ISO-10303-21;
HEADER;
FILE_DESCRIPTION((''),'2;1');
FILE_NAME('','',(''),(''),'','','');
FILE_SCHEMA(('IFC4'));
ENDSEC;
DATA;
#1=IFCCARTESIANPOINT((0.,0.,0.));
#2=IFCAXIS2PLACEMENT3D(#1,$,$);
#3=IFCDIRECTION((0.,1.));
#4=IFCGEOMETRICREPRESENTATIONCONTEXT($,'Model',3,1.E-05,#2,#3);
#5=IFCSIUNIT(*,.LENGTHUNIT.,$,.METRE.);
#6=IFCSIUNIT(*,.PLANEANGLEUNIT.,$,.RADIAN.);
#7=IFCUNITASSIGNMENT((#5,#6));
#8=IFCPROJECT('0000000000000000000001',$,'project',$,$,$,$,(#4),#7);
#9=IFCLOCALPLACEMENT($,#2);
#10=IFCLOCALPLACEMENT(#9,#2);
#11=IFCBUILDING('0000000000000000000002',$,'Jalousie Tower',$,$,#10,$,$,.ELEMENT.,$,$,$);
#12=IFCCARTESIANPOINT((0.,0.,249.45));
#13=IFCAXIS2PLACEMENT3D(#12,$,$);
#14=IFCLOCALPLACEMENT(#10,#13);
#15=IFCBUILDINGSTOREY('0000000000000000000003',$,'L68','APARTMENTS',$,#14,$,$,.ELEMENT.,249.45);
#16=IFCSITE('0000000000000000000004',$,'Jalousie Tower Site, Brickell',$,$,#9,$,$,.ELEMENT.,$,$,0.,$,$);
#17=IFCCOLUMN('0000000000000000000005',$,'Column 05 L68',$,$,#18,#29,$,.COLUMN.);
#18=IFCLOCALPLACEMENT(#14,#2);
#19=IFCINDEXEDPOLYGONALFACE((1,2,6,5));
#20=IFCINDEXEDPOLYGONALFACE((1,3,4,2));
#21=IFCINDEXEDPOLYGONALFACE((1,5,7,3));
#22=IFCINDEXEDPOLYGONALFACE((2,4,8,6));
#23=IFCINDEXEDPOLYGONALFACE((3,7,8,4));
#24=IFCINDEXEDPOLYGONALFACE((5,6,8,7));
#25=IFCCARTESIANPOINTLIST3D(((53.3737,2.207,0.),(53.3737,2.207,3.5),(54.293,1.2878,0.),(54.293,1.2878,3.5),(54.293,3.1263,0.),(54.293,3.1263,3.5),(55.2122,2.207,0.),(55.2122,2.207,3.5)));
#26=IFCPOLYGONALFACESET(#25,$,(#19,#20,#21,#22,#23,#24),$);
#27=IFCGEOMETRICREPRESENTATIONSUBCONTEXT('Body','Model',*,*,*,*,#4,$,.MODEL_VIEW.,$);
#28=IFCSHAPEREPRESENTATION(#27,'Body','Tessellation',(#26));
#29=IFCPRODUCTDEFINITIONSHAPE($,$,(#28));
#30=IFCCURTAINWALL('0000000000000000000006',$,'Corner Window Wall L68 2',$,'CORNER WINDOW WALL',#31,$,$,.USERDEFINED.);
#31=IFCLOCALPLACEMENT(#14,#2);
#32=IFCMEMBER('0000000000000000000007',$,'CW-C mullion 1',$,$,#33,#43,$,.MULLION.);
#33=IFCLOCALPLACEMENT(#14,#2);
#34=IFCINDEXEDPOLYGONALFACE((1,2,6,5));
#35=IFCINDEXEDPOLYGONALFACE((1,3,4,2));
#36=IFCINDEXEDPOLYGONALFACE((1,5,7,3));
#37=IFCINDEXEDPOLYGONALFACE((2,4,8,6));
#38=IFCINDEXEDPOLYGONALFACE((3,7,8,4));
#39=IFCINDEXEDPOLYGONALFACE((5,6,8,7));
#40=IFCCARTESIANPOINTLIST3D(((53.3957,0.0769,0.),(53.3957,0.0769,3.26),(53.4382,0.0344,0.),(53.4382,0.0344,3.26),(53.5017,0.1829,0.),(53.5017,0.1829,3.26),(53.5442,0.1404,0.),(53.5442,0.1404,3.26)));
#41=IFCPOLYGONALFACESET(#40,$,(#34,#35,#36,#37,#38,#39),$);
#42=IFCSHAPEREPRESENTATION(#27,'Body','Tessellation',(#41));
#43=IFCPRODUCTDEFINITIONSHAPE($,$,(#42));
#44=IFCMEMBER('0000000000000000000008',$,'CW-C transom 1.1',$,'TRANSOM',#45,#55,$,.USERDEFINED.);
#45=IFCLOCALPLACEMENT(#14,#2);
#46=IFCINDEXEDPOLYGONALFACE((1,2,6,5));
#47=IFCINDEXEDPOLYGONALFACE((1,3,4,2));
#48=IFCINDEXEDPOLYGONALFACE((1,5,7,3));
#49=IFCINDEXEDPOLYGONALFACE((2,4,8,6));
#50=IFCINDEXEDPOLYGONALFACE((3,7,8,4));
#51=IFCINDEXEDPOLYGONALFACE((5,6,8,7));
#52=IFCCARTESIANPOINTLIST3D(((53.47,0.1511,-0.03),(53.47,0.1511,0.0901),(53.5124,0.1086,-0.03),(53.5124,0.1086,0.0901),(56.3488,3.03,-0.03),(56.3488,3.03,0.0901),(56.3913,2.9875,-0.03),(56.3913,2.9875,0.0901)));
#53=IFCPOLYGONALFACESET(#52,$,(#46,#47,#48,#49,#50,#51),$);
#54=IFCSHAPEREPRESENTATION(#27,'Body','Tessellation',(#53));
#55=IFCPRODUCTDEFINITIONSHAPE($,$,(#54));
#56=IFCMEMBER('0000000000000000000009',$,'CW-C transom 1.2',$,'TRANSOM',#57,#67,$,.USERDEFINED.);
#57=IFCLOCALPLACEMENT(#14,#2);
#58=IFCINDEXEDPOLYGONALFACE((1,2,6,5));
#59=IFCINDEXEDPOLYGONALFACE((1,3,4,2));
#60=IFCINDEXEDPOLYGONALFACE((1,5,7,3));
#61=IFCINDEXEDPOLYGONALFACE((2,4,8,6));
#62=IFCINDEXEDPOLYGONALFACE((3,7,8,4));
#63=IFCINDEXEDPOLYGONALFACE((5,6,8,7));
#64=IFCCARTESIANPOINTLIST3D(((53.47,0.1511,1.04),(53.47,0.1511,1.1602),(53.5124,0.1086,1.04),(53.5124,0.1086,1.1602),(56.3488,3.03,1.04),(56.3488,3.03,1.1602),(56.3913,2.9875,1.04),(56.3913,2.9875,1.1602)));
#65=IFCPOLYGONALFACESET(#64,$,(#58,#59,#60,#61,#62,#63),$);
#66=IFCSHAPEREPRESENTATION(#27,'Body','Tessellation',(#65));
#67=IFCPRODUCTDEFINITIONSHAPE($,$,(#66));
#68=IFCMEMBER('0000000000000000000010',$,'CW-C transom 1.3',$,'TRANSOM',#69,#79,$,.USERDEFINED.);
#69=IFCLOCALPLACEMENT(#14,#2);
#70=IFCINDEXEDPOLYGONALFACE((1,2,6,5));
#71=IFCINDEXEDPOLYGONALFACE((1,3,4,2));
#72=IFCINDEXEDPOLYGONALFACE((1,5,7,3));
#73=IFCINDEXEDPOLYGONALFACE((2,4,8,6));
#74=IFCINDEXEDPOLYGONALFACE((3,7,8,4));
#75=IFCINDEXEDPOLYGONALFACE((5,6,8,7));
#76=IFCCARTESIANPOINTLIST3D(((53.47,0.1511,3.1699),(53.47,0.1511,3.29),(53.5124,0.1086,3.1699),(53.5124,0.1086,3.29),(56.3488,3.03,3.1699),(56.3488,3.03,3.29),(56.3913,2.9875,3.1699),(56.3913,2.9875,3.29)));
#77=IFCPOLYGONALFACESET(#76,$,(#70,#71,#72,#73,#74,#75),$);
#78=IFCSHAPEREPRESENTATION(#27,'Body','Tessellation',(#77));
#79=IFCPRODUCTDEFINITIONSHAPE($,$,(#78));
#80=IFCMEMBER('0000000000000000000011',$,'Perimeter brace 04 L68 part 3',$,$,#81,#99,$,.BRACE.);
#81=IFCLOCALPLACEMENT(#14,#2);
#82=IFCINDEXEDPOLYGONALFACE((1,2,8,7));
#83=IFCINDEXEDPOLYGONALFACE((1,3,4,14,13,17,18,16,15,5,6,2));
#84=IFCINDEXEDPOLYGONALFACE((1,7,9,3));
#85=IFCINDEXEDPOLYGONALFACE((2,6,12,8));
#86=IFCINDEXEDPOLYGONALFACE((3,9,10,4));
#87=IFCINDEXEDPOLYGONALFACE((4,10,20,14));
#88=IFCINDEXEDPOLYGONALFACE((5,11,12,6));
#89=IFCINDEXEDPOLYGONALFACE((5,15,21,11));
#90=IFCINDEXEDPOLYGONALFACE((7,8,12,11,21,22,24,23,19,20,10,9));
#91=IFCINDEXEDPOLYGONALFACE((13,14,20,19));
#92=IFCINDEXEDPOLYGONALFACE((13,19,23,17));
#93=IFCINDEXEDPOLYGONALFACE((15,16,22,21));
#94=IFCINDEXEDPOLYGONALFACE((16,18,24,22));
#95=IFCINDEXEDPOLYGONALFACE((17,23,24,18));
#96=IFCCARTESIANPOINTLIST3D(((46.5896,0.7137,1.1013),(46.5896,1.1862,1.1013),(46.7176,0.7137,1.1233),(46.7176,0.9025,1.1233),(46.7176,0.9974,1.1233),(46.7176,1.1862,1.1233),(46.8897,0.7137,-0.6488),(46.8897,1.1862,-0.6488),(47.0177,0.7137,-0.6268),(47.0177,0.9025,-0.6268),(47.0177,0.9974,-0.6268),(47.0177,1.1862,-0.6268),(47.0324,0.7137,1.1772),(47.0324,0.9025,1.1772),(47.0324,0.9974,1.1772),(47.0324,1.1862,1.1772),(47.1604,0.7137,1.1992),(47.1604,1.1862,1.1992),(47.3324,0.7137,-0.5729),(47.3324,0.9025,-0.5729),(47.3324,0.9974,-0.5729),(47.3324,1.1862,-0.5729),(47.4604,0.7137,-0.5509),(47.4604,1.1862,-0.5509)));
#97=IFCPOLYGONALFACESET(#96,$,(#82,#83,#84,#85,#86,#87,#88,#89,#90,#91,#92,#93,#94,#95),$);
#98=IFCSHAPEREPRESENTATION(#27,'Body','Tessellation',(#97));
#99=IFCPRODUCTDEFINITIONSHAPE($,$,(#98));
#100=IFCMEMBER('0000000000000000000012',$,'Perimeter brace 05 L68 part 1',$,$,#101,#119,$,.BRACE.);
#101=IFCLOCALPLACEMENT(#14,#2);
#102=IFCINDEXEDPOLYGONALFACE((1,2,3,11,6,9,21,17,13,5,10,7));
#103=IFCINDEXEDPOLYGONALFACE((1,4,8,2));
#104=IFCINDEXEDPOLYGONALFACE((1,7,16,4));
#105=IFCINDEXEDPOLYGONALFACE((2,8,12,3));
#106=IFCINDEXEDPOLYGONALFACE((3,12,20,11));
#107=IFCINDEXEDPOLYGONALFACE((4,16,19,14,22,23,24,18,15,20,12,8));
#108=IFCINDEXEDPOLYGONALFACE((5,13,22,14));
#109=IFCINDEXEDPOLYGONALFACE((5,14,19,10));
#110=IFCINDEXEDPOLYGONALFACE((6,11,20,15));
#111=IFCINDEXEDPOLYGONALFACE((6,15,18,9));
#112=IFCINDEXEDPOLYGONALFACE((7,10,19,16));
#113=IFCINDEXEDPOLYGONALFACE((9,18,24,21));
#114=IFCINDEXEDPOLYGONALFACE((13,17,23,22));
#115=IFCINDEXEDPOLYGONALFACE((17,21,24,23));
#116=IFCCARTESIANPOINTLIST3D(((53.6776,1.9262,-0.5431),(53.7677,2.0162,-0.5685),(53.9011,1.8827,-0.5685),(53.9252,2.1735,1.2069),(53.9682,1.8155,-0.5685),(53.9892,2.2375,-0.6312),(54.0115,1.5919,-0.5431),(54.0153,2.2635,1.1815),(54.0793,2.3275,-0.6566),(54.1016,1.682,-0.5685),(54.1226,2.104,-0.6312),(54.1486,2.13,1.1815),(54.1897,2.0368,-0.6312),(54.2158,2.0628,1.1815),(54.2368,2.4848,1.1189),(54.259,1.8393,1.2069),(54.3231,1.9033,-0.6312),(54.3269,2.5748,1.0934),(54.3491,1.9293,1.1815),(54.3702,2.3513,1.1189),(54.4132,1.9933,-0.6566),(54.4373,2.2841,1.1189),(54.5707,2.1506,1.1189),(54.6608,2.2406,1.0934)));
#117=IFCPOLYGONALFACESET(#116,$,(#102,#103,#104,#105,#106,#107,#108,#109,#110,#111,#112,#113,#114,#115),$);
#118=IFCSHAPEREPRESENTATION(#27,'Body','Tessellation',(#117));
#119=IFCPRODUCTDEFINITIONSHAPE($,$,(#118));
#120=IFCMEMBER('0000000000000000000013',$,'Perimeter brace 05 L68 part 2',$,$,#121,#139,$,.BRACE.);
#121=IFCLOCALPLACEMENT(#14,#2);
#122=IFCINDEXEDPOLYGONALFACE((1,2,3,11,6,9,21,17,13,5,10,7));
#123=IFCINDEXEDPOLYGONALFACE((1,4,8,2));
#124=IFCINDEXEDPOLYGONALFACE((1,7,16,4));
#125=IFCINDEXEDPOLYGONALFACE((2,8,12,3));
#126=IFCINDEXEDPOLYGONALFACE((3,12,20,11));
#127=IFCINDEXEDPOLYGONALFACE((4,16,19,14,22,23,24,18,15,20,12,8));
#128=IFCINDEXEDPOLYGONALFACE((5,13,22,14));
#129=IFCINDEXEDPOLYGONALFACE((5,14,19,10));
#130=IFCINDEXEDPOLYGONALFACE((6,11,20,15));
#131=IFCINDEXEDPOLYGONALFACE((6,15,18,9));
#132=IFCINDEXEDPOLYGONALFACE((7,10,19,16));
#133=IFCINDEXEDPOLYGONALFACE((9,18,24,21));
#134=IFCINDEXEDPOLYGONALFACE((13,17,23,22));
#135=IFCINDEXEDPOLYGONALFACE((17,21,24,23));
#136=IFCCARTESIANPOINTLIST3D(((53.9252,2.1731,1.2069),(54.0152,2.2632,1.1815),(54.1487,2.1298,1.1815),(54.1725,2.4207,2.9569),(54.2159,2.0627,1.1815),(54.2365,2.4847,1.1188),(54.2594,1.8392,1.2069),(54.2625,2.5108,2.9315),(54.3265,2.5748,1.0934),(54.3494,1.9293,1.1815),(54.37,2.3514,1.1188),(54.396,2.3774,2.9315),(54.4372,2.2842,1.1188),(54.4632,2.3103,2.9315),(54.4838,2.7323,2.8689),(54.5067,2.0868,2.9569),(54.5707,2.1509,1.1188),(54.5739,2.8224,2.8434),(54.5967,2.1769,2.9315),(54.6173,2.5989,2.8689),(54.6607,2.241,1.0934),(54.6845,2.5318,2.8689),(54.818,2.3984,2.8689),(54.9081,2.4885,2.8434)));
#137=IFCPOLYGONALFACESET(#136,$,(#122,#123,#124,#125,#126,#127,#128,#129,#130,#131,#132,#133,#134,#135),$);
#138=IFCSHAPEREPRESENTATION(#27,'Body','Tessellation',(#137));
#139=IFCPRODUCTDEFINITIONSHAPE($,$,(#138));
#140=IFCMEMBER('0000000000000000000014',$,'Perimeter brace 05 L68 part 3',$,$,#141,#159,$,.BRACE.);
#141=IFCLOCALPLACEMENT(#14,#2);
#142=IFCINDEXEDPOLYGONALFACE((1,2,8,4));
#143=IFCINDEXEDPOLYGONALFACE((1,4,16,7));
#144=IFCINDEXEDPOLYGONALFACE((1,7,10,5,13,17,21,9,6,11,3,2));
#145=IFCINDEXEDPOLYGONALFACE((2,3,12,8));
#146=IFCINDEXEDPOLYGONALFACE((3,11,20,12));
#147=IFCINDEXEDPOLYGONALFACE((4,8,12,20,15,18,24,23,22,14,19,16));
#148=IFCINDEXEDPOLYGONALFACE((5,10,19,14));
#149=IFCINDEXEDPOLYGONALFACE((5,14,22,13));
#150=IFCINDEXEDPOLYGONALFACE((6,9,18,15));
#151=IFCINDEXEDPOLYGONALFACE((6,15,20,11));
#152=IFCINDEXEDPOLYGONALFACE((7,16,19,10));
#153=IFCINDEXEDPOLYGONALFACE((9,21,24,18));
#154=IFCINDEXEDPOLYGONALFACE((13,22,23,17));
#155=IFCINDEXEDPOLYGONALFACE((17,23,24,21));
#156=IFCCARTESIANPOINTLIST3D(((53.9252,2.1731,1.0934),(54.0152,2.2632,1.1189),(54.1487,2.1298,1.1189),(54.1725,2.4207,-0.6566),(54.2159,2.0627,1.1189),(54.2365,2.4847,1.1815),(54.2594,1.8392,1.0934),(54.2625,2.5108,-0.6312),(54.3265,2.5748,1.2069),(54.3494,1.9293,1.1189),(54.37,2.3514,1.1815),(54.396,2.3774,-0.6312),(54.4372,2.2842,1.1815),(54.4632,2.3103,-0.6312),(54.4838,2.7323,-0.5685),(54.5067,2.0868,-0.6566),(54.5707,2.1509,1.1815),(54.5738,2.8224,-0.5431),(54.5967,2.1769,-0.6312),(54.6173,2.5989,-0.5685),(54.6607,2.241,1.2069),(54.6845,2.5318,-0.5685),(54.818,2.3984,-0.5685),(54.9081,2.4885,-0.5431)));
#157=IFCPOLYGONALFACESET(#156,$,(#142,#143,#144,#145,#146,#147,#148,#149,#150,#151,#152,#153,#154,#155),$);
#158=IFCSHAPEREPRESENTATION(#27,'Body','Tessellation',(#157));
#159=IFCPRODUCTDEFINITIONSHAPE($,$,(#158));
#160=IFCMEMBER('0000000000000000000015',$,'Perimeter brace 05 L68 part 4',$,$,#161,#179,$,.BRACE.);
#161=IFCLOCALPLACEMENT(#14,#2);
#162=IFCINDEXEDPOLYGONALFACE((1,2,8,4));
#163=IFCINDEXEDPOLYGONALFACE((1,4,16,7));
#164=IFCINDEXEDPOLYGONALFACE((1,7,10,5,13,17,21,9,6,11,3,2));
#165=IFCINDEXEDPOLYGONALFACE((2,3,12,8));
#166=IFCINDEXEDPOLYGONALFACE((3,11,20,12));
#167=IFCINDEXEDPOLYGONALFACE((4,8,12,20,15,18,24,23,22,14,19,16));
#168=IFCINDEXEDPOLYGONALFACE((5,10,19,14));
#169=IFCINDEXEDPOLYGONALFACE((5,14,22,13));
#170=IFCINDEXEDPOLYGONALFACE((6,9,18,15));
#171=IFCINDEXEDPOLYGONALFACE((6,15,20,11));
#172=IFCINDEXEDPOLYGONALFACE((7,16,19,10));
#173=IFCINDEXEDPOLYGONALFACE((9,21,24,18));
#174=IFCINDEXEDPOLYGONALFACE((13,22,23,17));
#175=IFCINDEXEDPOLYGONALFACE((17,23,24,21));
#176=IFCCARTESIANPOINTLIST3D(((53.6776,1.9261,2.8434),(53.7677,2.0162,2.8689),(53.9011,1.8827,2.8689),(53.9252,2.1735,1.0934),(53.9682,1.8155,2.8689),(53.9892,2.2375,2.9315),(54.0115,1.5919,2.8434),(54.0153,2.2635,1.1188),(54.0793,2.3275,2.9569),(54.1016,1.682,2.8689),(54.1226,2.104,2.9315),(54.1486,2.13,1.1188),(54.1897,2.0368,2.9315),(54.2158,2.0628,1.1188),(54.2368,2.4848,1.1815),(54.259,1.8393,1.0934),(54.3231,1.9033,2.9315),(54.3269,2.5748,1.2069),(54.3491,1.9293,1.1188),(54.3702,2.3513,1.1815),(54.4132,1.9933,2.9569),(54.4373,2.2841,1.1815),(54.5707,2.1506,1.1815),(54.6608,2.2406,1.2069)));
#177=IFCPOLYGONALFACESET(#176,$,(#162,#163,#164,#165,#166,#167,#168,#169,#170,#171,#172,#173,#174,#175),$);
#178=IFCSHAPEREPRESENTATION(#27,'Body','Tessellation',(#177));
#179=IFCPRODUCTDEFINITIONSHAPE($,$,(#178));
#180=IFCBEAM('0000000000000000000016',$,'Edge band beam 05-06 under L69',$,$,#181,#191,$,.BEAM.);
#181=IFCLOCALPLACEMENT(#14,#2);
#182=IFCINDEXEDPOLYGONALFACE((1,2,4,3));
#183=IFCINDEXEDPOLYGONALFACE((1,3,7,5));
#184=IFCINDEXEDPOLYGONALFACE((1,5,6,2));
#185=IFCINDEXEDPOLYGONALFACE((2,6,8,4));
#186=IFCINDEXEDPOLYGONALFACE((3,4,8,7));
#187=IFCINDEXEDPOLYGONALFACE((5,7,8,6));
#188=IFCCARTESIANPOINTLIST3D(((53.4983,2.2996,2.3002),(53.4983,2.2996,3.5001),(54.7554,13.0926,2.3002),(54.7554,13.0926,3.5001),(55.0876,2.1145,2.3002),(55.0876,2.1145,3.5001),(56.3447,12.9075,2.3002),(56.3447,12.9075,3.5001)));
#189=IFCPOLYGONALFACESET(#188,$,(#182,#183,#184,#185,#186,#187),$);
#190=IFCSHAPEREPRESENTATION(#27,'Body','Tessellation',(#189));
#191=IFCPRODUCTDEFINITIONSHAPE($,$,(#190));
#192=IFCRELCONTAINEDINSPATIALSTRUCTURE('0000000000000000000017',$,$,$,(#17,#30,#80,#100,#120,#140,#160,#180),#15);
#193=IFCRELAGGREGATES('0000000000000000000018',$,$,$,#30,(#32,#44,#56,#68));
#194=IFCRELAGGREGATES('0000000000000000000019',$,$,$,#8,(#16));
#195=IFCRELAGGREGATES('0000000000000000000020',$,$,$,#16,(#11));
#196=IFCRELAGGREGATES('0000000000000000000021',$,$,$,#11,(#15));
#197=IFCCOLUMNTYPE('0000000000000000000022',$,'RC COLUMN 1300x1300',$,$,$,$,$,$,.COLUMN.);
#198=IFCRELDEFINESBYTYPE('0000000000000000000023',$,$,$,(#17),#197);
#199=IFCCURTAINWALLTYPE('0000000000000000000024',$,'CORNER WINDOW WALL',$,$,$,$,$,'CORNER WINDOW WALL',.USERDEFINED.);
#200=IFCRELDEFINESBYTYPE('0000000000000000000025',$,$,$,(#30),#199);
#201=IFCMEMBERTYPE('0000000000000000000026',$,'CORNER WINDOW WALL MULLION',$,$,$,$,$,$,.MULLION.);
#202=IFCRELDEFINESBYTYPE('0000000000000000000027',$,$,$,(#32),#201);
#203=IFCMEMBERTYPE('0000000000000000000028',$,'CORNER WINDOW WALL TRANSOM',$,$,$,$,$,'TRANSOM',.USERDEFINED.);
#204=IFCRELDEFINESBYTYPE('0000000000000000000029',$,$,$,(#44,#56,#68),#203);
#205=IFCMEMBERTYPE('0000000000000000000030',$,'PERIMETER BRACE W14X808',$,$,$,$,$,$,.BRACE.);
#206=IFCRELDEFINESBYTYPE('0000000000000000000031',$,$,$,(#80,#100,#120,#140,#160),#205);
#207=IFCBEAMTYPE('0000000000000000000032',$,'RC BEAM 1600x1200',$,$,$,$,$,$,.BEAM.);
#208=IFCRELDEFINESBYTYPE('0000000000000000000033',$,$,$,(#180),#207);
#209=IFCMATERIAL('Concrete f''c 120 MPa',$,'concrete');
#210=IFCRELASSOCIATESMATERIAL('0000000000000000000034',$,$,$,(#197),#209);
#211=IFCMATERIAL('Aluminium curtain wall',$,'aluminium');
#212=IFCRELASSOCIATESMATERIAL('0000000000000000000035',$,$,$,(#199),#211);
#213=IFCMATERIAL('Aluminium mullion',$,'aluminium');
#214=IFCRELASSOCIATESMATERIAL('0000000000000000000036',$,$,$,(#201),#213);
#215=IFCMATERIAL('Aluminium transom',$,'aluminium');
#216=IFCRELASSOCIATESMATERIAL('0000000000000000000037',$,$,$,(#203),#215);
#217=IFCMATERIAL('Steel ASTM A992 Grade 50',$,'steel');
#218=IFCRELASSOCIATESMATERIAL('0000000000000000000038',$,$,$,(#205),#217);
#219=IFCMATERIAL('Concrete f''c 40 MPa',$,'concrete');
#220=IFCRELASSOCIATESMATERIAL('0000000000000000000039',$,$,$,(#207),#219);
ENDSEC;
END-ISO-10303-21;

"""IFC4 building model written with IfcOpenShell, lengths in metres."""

from ifc_helpers import new_model, si_unit, direction, frame, origin, origin_2d, place, context, subcontext, project, spatial, rectangle, i_section, extrude, material, material_profile, profile_set, type_object, element, aggregate, save


model = new_model("IFC4")

# Units and contexts
model_context = context("Model", 3, precision=1e-05, world=origin(), true_north=direction((0.0, 1.0)))
body_context = subcontext(model_context, "Body", "Model", "MODEL_VIEW")
ifc_project = project(units=[si_unit("LENGTHUNIT", "METRE"), si_unit("PLANEANGLEUNIT", "RADIAN")], contexts=[model_context])

# Site, building, storey
site_placement = place(None, origin())
site = spatial("IfcSite", under=ifc_project, at=site_placement, Name="Jalousie Tower Site, Brickell", CompositionType="ELEMENT", RefElevation=0.0)
building_placement = place(site_placement, origin())
building = spatial("IfcBuilding", under=site, at=building_placement, Name="Jalousie Tower", CompositionType="ELEMENT")
storey_placement = place(building_placement, frame((0.0, 0.0, 249.45)))
storey = spatial("IfcBuildingStorey", under=building, at=storey_placement, Name="L68", Description="APARTMENTS", CompositionType="ELEMENT", Elevation=249.45)

# Column
ifc_material_1 = material(Name="Concrete f'c 120 MPa", Category="concrete")
ifc_material_profile_1 = material_profile(ifc_material_1, rectangle(XDim=1.3, YDim=1.3, at=origin_2d()), Name="RC 1300x1300")
ifc_profile_set_1 = profile_set([ifc_material_profile_1], Name="Concrete f'c 120 MPa")
column_type = type_object("IfcColumnType", Name="RC COLUMN 1300x1300", PredefinedType="COLUMN", material=ifc_profile_set_1)
column_placement = place(storey_placement, frame((54.293, 2.207, 0.0), z_axis=(0.0, 0.0, 1.0), x_axis=(0.707107, 0.707107, 0.0)))
element("IfcColumn", 1, at=column_placement, inside=storey, type_object=column_type, Name="Column 05 L68", PredefinedType="COLUMN", context=body_context, shape_type="SweptSolid", body=[
    extrude(rectangle(XDim=1.3, YDim=1.3, at=origin_2d()), origin(), (0.0, 0.0, 1.0), 3.5),
])

# Curtain wall, members
ifc_material_2 = material(Name="Aluminium curtain wall", Category="aluminium")
curtain_wall_type_1 = type_object("IfcCurtainWallType", Name="CORNER WINDOW WALL", ElementType="CORNER WINDOW WALL", PredefinedType="USERDEFINED", material=ifc_material_2)
curtain_wall_1_placement = place(storey_placement, origin())
curtain_wall_1 = element("IfcCurtainWall", 2, at=curtain_wall_1_placement, inside=storey, type_object=curtain_wall_type_1, Name="Corner Window Wall L68 2", ObjectType="CORNER WINDOW WALL", PredefinedType="USERDEFINED")
ifc_material_3 = material(Name="Aluminium mullion", Category="aluminium")
ifc_material_profile_2 = material_profile(ifc_material_3, rectangle(XDim=0.0601, YDim=0.1499, at=origin_2d()), Name="MULLION 60x150")
ifc_profile_set_2 = profile_set([ifc_material_profile_2], Name="Aluminium mullion")
member_type_1 = type_object("IfcMemberType", Name="CORNER WINDOW WALL MULLION", PredefinedType="MULLION", material=ifc_profile_set_2)
member_1_placement = place(storey_placement, frame((53.47, 0.1086, 0.0), z_axis=(0.0, 0.0, 1.0), x_axis=(-0.707107, 0.707107, 0.0)))
member_1 = element("IfcMember", 3, at=member_1_placement, type_object=member_type_1, Name="CW-C mullion 1", PredefinedType="MULLION", context=body_context, shape_type="SweptSolid", body=[
    extrude(rectangle(XDim=0.0601, YDim=0.1499, at=origin_2d()), origin(), (0.0, 0.0, 1.0), 3.26),
])
ifc_material_4 = material(Name="Aluminium transom", Category="aluminium")
ifc_material_profile_3 = material_profile(ifc_material_4, rectangle(XDim=0.0601, YDim=0.1201, at=origin_2d()), Name="TRANSOM 60x120")
ifc_profile_set_3 = profile_set([ifc_material_profile_3], Name="Aluminium transom")
member_type_2 = type_object("IfcMemberType", Name="CORNER WINDOW WALL TRANSOM", ElementType="TRANSOM", PredefinedType="USERDEFINED", material=ifc_profile_set_3)
member_2_placement = place(storey_placement, frame((53.4912, 0.1299, 0.03), z_axis=(0.707107, 0.707107, 0.0), x_axis=(-0.707107, 0.707107, 0.0)))
member_2 = element("IfcMember", 4, at=member_2_placement, type_object=member_type_2, Name="CW-C transom 1.1", ObjectType="TRANSOM", PredefinedType="USERDEFINED", context=body_context, shape_type="SweptSolid", body=[
    extrude(rectangle(XDim=0.0601, YDim=0.1201, at=origin_2d()), origin(), (0.0, 0.0, 1.0), 4.0713),
])
member_3_placement = place(storey_placement, frame((53.4912, 0.1299, 1.1001), z_axis=(0.707107, 0.707107, 0.0), x_axis=(-0.707107, 0.707107, 0.0)))
member_3 = element("IfcMember", 5, at=member_3_placement, type_object=member_type_2, Name="CW-C transom 1.2", ObjectType="TRANSOM", PredefinedType="USERDEFINED", context=body_context, shape_type="SweptSolid", body=[
    extrude(rectangle(XDim=0.0601, YDim=0.1201, at=origin_2d()), origin(), (0.0, 0.0, 1.0), 4.0713),
])
member_4_placement = place(storey_placement, frame((53.4912, 0.1299, 3.23), z_axis=(0.707107, 0.707107, 0.0), x_axis=(-0.707107, 0.707107, 0.0)))
member_4 = element("IfcMember", 6, at=member_4_placement, type_object=member_type_2, Name="CW-C transom 1.3", ObjectType="TRANSOM", PredefinedType="USERDEFINED", context=body_context, shape_type="SweptSolid", body=[
    extrude(rectangle(XDim=0.0601, YDim=0.1201, at=origin_2d()), origin(), (0.0, 0.0, 1.0), 4.0713),
])

# Members
ifc_material_5 = material(Name="Steel ASTM A992 Grade 50", Category="steel")
ifc_material_profile_4 = material_profile(ifc_material_5, i_section(OverallWidth=0.4724, OverallDepth=0.5791, WebThickness=0.095, FlangeThickness=0.1299, at=origin_2d()), Name="W14X808")
ifc_profile_set_4 = profile_set([ifc_material_profile_4], Name="Steel ASTM A992 Grade 50")
member_type_3 = type_object("IfcMemberType", Name="PERIMETER BRACE W14X808", PredefinedType="BRACE", material=ifc_profile_set_4)
member_5_placement = place(storey_placement, frame((47.175, 0.95, -0.5999), z_axis=(-0.168991, 0.0, 0.985618), x_axis=(0.0, -1.0, 0.0)))
element("IfcMember", 7, at=member_5_placement, inside=storey, type_object=member_type_3, Name="Perimeter brace 04 L68 part 3", PredefinedType="BRACE", context=body_context, shape_type="SweptSolid", body=[
    extrude(i_section(OverallWidth=0.4724, OverallDepth=0.5791, WebThickness=0.095, FlangeThickness=0.1299, at=origin_2d()), origin(), (0.0, 0.0, 1.0), 1.7756),
])
for number, where, z_axis, x_axis, name in (
    (8, (54.0454, 1.9597, -0.5999), (0.138716, 0.138579, 0.980588), (-0.706758, 0.707456, 0.0), "Perimeter brace 05 L68 part 1"),
    (9, (54.293, 2.207, 1.1501), (0.138579, 0.138716, 0.980588), (-0.707456, 0.706758, 0.0), "Perimeter brace 05 L68 part 2"),
    (10, (54.5403, 2.4546, -0.5999), (-0.138579, -0.138716, 0.980588), (0.707456, -0.706758, 0.0), "Perimeter brace 05 L68 part 3"),
    (11, (54.293, 2.207, 1.1501), (-0.138716, -0.138579, 0.980588), (0.706758, -0.707456, 0.0), "Perimeter brace 05 L68 part 4"),
):
    element("IfcMember", number, at=place(storey_placement, frame(where, z_axis=z_axis, x_axis=x_axis)), inside=storey, type_object=member_type_3, Name=name, PredefinedType="BRACE", context=body_context, shape_type="SweptSolid", body=[
        extrude(i_section(OverallWidth=0.4724, OverallDepth=0.5791, WebThickness=0.095, FlangeThickness=0.1299, at=origin_2d()), origin(), (0.0, 0.0, 1.0), 1.7847),
    ])

# Beam
ifc_material_6 = material(Name="Concrete f'c 40 MPa", Category="concrete")
ifc_material_profile_5 = material_profile(ifc_material_6, rectangle(XDim=1.6001, YDim=1.2, at=origin_2d()), Name="RC 1600x1200")
ifc_profile_set_5 = profile_set([ifc_material_profile_5], Name="Concrete f'c 40 MPa")
beam_type_1 = type_object("IfcBeamType", Name="RC BEAM 1600x1200", PredefinedType="BEAM", material=ifc_profile_set_5)
beam_1_placement = place(storey_placement, frame((54.293, 2.207, 2.9001), z_axis=(0.11569, 0.993285, 0.0), x_axis=(-0.993285, 0.11569, 0.0)))
element("IfcBeam", 12, at=beam_1_placement, inside=storey, type_object=beam_type_1, Name="Edge band beam 05-06 under L69", PredefinedType="BEAM", context=body_context, shape_type="SweptSolid", body=[
    extrude(rectangle(XDim=1.6001, YDim=1.2, at=origin_2d()), origin(), (0.0, 0.0, 1.0), 10.866),
])

aggregate(curtain_wall_1, [member_1, member_2, member_3, member_4])

save(model, "model.ifc")
